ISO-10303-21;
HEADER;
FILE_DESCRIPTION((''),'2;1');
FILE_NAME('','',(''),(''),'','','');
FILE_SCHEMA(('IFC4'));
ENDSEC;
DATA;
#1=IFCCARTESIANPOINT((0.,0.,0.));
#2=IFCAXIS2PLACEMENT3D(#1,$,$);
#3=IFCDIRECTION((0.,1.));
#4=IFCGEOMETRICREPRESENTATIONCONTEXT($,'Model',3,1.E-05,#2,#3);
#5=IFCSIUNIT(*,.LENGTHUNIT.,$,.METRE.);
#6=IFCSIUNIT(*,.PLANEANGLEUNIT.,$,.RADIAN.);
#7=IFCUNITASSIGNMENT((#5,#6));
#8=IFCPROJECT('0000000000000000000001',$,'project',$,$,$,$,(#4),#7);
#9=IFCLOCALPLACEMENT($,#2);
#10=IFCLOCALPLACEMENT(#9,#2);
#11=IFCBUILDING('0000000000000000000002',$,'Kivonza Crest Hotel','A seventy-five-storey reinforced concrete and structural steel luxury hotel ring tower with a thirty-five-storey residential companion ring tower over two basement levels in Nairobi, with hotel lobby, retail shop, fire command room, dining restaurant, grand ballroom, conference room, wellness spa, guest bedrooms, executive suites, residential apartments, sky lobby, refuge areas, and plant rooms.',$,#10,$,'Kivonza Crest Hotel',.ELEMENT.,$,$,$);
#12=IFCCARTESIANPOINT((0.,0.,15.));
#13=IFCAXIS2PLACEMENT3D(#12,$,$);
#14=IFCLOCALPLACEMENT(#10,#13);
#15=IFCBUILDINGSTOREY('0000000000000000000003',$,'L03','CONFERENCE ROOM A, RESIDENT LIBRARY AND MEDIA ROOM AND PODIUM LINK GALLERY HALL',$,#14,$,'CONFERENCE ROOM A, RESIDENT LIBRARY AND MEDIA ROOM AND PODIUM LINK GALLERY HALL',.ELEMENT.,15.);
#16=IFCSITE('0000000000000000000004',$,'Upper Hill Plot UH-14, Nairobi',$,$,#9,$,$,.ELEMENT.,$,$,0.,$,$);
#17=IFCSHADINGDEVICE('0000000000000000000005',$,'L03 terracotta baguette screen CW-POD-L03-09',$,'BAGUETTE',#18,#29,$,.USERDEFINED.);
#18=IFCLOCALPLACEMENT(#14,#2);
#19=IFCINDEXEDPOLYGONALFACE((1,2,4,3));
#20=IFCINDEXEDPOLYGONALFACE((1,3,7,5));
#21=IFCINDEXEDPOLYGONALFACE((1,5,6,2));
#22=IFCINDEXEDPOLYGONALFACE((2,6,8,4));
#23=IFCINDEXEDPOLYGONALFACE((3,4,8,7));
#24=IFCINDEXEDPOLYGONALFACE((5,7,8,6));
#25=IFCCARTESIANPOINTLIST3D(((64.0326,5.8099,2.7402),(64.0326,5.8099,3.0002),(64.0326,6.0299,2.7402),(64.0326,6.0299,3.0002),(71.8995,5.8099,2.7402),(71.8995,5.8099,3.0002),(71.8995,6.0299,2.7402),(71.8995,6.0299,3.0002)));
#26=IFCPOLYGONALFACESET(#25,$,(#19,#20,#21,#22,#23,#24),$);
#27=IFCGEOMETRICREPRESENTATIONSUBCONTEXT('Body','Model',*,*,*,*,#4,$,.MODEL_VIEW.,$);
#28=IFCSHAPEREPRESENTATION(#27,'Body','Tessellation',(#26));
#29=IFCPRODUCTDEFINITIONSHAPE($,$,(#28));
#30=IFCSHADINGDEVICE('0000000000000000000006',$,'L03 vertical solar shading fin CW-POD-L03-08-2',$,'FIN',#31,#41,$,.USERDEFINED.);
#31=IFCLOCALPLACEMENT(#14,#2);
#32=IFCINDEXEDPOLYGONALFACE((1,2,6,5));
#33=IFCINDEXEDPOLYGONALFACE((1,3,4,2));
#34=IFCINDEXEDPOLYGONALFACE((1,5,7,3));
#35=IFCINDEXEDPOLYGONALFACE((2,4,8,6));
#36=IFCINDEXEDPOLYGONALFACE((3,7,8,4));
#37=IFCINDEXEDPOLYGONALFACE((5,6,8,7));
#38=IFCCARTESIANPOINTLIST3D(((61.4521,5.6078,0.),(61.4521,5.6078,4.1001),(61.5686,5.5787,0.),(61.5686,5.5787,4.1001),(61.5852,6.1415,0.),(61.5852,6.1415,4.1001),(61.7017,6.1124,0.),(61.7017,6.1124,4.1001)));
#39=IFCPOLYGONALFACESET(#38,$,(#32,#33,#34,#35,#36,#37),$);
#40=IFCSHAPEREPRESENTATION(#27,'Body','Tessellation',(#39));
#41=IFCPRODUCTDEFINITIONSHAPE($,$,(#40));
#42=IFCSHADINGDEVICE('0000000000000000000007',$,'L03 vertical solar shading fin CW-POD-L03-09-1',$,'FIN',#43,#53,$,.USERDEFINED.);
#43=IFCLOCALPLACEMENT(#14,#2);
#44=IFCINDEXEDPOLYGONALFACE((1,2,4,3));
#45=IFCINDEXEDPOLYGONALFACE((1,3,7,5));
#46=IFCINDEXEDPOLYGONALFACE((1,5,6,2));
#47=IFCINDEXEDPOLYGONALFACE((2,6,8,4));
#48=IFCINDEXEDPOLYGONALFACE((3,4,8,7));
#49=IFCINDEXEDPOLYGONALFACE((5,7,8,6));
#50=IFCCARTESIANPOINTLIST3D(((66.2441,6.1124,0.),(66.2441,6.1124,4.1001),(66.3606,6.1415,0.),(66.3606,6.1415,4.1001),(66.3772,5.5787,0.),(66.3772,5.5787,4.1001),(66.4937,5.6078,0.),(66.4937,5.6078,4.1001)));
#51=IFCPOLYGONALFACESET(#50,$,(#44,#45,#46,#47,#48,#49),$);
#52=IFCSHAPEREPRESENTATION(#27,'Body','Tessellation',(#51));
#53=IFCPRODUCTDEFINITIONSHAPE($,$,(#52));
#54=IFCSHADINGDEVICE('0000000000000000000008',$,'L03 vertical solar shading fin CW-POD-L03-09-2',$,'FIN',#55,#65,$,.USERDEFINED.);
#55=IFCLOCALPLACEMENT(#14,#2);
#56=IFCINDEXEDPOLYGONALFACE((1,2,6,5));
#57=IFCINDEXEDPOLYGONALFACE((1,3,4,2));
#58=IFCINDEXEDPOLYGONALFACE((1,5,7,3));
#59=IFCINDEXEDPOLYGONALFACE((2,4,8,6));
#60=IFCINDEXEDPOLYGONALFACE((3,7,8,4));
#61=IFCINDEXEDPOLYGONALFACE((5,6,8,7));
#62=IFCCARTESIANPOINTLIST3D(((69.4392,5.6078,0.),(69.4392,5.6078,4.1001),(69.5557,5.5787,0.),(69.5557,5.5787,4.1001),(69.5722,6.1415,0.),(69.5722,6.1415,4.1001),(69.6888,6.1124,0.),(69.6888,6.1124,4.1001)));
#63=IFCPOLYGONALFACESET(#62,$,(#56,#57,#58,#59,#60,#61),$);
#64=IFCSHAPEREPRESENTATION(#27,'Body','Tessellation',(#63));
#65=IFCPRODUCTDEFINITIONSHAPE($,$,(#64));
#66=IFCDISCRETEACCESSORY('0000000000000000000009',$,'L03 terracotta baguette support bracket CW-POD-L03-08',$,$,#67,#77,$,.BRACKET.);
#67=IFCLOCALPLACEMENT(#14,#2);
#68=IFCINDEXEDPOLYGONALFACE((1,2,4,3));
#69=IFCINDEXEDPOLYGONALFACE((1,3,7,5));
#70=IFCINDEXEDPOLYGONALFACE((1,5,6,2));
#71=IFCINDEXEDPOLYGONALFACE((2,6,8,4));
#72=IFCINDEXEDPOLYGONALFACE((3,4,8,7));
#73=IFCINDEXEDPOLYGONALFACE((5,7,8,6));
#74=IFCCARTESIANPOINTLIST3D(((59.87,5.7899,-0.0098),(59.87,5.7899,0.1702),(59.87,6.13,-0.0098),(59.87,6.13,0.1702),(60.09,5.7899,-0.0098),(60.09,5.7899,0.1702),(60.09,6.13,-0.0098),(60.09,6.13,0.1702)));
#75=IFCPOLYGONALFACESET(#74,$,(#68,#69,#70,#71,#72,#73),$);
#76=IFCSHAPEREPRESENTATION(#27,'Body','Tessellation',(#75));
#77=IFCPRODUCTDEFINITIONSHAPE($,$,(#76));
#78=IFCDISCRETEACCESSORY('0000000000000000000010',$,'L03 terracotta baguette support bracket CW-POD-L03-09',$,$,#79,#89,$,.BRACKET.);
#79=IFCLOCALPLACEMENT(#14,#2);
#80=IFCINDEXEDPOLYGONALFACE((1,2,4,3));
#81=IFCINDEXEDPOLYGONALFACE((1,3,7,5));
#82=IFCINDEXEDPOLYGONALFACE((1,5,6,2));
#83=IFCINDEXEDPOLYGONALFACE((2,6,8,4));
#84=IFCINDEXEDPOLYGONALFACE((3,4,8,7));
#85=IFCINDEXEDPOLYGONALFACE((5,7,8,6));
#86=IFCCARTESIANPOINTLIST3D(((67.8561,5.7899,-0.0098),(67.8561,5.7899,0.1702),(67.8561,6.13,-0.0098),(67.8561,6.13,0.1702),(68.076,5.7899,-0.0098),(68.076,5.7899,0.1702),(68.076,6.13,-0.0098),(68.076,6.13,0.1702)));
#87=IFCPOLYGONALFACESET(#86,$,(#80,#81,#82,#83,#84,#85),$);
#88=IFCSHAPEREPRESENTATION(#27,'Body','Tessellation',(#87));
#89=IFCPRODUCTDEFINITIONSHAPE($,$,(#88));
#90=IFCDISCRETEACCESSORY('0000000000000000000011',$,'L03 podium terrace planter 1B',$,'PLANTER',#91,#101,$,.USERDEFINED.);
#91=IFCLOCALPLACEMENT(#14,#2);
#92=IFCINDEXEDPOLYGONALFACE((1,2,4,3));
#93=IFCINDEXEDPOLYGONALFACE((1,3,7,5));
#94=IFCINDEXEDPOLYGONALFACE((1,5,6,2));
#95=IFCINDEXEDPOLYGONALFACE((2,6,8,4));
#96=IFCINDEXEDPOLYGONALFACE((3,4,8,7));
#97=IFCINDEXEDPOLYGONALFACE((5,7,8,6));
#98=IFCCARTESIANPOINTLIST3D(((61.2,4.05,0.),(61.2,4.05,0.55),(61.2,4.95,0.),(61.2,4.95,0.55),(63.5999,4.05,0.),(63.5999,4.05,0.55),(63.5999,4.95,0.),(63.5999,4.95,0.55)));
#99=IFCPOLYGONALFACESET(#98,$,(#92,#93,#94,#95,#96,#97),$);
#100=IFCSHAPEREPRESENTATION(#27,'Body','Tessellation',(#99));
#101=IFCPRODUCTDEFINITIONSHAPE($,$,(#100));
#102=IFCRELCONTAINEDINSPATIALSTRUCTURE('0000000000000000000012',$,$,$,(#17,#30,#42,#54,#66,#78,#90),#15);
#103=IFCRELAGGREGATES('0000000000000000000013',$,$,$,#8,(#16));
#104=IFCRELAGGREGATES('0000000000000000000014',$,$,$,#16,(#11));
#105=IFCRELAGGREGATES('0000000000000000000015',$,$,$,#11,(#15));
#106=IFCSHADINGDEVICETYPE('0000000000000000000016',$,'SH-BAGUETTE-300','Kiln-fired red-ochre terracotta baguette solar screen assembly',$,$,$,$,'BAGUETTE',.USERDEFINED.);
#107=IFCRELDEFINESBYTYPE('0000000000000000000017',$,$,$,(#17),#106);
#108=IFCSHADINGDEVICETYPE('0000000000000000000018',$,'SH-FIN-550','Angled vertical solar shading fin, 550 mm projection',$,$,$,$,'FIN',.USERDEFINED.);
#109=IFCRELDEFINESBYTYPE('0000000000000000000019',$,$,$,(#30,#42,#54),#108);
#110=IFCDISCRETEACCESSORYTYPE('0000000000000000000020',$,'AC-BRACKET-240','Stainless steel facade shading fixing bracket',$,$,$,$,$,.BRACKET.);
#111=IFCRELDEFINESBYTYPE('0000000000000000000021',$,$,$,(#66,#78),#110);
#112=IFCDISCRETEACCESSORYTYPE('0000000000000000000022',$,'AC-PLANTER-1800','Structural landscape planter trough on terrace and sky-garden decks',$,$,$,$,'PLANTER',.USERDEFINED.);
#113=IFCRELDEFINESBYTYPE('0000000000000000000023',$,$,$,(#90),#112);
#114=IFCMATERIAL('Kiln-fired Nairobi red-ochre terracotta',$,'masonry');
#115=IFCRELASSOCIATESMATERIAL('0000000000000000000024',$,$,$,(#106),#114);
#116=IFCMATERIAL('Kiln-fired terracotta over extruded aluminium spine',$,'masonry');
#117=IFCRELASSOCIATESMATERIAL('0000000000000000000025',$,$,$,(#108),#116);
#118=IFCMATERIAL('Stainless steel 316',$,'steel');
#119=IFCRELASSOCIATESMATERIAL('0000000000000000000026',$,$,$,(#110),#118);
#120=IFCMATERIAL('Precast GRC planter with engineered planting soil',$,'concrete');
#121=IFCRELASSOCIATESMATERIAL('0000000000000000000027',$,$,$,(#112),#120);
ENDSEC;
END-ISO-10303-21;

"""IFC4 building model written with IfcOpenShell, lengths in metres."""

from ifc_helpers import new_model, si_unit, direction, frame, origin, origin_2d, place, context, subcontext, project, spatial, rectangle, extrude, material, type_object, element, save


model = new_model("IFC4")

# Units and contexts
model_context = context("Model", 3, precision=1e-05, world=origin(), true_north=direction((0.0, 1.0)))
body_context = subcontext(model_context, "Body", "Model", "MODEL_VIEW")
ifc_project = project(units=[si_unit("LENGTHUNIT", "METRE"), si_unit("PLANEANGLEUNIT", "RADIAN")], contexts=[model_context])

# Site, building, storey
site_placement = place(None, origin())
site = spatial("IfcSite", under=ifc_project, at=site_placement, Name="Upper Hill Plot UH-14, Nairobi", CompositionType="ELEMENT", RefElevation=0.0)
building_placement = place(site_placement, origin())
building = spatial("IfcBuilding", under=site, at=building_placement, Name="Kivonza Crest Hotel", Description="A seventy-five-storey reinforced concrete and structural steel luxury hotel ring tower with a thirty-five-storey residential companion ring tower over two basement levels in Nairobi, with hotel lobby, retail shop, fire command room, dining restaurant, grand ballroom, conference room, wellness spa, guest bedrooms, executive suites, residential apartments, sky lobby, refuge areas, and plant rooms.", LongName="Kivonza Crest Hotel", CompositionType="ELEMENT")
storey_placement = place(building_placement, frame((0.0, 0.0, 15.0)))
storey = spatial("IfcBuildingStorey", under=building, at=storey_placement, Name="L03", Description="CONFERENCE ROOM A, RESIDENT LIBRARY AND MEDIA ROOM AND PODIUM LINK GALLERY HALL", LongName="CONFERENCE ROOM A, RESIDENT LIBRARY AND MEDIA ROOM AND PODIUM LINK GALLERY HALL", CompositionType="ELEMENT", Elevation=15.0)

# Shading devices
ifc_material_1 = material(Name="Kiln-fired Nairobi red-ochre terracotta", Category="masonry")
shading_device_type_1 = type_object("IfcShadingDeviceType", Name="SH-BAGUETTE-300", Description="Kiln-fired red-ochre terracotta baguette solar screen assembly", ElementType="BAGUETTE", PredefinedType="USERDEFINED", material=ifc_material_1)
shading_device_placement = place(storey_placement, frame((67.9661, 5.9199, 2.7402), z_axis=(0.0, 0.0, 1.0), x_axis=(1.0, 0.0, 0.0)))
element("IfcShadingDevice", 1, at=shading_device_placement, inside=storey, type_object=shading_device_type_1, Name="L03 terracotta baguette screen CW-POD-L03-09", ObjectType="BAGUETTE", PredefinedType="USERDEFINED", context=body_context, shape_type="SweptSolid", body=[
    extrude(rectangle(XDim=7.8669, YDim=0.22, at=origin_2d()), origin(), (0.0, 0.0, 1.0), 0.26),
])
ifc_material_2 = material(Name="Kiln-fired terracotta over extruded aluminium spine", Category="masonry")
shading_device_type_2 = type_object("IfcShadingDeviceType", Name="SH-FIN-550", Description="Angled vertical solar shading fin, 550 mm projection", ElementType="FIN", PredefinedType="USERDEFINED", material=ifc_material_2)
for number, where, z_axis, x_axis, name in (
    (2, (61.5769, 5.8601, 0.0), (0.0, 0.0, 1.0), (0.970296, -0.241922, 0.0), "L03 vertical solar shading fin CW-POD-L03-08-2"),
    (3, (66.3689, 5.8601, 0.0), (0.0, 0.0, 1.0), (0.970296, 0.241922, 0.0), "L03 vertical solar shading fin CW-POD-L03-09-1"),
    (4, (69.564, 5.8601, 0.0), (0.0, 0.0, 1.0), (0.970296, -0.241922, 0.0), "L03 vertical solar shading fin CW-POD-L03-09-2"),
):
    element("IfcShadingDevice", number, at=place(storey_placement, frame(where, z_axis=z_axis, x_axis=x_axis)), inside=storey, type_object=shading_device_type_2, Name=name, ObjectType="FIN", PredefinedType="USERDEFINED", context=body_context, shape_type="SweptSolid", body=[
        extrude(rectangle(XDim=0.1201, YDim=0.55, at=origin_2d()), origin(), (0.0, 0.0, 1.0), 4.1001),
    ])

# Discrete accessories
ifc_material_3 = material(Name="Stainless steel 316", Category="steel")
discrete_accessory_type_1 = type_object("IfcDiscreteAccessoryType", Name="AC-BRACKET-240", Description="Stainless steel facade shading fixing bracket", PredefinedType="BRACKET", material=ifc_material_3)
for number, where, z_axis, x_axis, name in (
    (5, (59.98, 5.96, -0.0098), (0.0, 0.0, 1.0), (1.0, 0.0, 0.0), "L03 terracotta baguette support bracket CW-POD-L03-08"),
    (6, (67.9661, 5.96, -0.0098), (0.0, 0.0, 1.0), (1.0, 0.0, 0.0), "L03 terracotta baguette support bracket CW-POD-L03-09"),
):
    element("IfcDiscreteAccessory", number, at=place(storey_placement, frame(where, z_axis=z_axis, x_axis=x_axis)), inside=storey, type_object=discrete_accessory_type_1, Name=name, PredefinedType="BRACKET", context=body_context, shape_type="SweptSolid", body=[
        extrude(rectangle(XDim=0.22, YDim=0.3401, at=origin_2d()), origin(), (0.0, 0.0, 1.0), 0.1799),
    ])
ifc_material_4 = material(Name="Precast GRC planter with engineered planting soil", Category="concrete")
discrete_accessory_type_2 = type_object("IfcDiscreteAccessoryType", Name="AC-PLANTER-1800", Description="Structural landscape planter trough on terrace and sky-garden decks", ElementType="PLANTER", PredefinedType="USERDEFINED", material=ifc_material_4)
discrete_accessory_placement = place(storey_placement, frame((62.3999, 4.5, 0.0), z_axis=(0.0, 0.0, 1.0), x_axis=(1.0, 0.0, 0.0)))
element("IfcDiscreteAccessory", 7, at=discrete_accessory_placement, inside=storey, type_object=discrete_accessory_type_2, Name="L03 podium terrace planter 1B", ObjectType="PLANTER", PredefinedType="USERDEFINED", context=body_context, shape_type="SweptSolid", body=[
    extrude(rectangle(XDim=2.3999, YDim=0.8999, at=origin_2d()), origin(), (0.0, 0.0, 1.0), 0.55),
])

save(model, "model.ifc")
